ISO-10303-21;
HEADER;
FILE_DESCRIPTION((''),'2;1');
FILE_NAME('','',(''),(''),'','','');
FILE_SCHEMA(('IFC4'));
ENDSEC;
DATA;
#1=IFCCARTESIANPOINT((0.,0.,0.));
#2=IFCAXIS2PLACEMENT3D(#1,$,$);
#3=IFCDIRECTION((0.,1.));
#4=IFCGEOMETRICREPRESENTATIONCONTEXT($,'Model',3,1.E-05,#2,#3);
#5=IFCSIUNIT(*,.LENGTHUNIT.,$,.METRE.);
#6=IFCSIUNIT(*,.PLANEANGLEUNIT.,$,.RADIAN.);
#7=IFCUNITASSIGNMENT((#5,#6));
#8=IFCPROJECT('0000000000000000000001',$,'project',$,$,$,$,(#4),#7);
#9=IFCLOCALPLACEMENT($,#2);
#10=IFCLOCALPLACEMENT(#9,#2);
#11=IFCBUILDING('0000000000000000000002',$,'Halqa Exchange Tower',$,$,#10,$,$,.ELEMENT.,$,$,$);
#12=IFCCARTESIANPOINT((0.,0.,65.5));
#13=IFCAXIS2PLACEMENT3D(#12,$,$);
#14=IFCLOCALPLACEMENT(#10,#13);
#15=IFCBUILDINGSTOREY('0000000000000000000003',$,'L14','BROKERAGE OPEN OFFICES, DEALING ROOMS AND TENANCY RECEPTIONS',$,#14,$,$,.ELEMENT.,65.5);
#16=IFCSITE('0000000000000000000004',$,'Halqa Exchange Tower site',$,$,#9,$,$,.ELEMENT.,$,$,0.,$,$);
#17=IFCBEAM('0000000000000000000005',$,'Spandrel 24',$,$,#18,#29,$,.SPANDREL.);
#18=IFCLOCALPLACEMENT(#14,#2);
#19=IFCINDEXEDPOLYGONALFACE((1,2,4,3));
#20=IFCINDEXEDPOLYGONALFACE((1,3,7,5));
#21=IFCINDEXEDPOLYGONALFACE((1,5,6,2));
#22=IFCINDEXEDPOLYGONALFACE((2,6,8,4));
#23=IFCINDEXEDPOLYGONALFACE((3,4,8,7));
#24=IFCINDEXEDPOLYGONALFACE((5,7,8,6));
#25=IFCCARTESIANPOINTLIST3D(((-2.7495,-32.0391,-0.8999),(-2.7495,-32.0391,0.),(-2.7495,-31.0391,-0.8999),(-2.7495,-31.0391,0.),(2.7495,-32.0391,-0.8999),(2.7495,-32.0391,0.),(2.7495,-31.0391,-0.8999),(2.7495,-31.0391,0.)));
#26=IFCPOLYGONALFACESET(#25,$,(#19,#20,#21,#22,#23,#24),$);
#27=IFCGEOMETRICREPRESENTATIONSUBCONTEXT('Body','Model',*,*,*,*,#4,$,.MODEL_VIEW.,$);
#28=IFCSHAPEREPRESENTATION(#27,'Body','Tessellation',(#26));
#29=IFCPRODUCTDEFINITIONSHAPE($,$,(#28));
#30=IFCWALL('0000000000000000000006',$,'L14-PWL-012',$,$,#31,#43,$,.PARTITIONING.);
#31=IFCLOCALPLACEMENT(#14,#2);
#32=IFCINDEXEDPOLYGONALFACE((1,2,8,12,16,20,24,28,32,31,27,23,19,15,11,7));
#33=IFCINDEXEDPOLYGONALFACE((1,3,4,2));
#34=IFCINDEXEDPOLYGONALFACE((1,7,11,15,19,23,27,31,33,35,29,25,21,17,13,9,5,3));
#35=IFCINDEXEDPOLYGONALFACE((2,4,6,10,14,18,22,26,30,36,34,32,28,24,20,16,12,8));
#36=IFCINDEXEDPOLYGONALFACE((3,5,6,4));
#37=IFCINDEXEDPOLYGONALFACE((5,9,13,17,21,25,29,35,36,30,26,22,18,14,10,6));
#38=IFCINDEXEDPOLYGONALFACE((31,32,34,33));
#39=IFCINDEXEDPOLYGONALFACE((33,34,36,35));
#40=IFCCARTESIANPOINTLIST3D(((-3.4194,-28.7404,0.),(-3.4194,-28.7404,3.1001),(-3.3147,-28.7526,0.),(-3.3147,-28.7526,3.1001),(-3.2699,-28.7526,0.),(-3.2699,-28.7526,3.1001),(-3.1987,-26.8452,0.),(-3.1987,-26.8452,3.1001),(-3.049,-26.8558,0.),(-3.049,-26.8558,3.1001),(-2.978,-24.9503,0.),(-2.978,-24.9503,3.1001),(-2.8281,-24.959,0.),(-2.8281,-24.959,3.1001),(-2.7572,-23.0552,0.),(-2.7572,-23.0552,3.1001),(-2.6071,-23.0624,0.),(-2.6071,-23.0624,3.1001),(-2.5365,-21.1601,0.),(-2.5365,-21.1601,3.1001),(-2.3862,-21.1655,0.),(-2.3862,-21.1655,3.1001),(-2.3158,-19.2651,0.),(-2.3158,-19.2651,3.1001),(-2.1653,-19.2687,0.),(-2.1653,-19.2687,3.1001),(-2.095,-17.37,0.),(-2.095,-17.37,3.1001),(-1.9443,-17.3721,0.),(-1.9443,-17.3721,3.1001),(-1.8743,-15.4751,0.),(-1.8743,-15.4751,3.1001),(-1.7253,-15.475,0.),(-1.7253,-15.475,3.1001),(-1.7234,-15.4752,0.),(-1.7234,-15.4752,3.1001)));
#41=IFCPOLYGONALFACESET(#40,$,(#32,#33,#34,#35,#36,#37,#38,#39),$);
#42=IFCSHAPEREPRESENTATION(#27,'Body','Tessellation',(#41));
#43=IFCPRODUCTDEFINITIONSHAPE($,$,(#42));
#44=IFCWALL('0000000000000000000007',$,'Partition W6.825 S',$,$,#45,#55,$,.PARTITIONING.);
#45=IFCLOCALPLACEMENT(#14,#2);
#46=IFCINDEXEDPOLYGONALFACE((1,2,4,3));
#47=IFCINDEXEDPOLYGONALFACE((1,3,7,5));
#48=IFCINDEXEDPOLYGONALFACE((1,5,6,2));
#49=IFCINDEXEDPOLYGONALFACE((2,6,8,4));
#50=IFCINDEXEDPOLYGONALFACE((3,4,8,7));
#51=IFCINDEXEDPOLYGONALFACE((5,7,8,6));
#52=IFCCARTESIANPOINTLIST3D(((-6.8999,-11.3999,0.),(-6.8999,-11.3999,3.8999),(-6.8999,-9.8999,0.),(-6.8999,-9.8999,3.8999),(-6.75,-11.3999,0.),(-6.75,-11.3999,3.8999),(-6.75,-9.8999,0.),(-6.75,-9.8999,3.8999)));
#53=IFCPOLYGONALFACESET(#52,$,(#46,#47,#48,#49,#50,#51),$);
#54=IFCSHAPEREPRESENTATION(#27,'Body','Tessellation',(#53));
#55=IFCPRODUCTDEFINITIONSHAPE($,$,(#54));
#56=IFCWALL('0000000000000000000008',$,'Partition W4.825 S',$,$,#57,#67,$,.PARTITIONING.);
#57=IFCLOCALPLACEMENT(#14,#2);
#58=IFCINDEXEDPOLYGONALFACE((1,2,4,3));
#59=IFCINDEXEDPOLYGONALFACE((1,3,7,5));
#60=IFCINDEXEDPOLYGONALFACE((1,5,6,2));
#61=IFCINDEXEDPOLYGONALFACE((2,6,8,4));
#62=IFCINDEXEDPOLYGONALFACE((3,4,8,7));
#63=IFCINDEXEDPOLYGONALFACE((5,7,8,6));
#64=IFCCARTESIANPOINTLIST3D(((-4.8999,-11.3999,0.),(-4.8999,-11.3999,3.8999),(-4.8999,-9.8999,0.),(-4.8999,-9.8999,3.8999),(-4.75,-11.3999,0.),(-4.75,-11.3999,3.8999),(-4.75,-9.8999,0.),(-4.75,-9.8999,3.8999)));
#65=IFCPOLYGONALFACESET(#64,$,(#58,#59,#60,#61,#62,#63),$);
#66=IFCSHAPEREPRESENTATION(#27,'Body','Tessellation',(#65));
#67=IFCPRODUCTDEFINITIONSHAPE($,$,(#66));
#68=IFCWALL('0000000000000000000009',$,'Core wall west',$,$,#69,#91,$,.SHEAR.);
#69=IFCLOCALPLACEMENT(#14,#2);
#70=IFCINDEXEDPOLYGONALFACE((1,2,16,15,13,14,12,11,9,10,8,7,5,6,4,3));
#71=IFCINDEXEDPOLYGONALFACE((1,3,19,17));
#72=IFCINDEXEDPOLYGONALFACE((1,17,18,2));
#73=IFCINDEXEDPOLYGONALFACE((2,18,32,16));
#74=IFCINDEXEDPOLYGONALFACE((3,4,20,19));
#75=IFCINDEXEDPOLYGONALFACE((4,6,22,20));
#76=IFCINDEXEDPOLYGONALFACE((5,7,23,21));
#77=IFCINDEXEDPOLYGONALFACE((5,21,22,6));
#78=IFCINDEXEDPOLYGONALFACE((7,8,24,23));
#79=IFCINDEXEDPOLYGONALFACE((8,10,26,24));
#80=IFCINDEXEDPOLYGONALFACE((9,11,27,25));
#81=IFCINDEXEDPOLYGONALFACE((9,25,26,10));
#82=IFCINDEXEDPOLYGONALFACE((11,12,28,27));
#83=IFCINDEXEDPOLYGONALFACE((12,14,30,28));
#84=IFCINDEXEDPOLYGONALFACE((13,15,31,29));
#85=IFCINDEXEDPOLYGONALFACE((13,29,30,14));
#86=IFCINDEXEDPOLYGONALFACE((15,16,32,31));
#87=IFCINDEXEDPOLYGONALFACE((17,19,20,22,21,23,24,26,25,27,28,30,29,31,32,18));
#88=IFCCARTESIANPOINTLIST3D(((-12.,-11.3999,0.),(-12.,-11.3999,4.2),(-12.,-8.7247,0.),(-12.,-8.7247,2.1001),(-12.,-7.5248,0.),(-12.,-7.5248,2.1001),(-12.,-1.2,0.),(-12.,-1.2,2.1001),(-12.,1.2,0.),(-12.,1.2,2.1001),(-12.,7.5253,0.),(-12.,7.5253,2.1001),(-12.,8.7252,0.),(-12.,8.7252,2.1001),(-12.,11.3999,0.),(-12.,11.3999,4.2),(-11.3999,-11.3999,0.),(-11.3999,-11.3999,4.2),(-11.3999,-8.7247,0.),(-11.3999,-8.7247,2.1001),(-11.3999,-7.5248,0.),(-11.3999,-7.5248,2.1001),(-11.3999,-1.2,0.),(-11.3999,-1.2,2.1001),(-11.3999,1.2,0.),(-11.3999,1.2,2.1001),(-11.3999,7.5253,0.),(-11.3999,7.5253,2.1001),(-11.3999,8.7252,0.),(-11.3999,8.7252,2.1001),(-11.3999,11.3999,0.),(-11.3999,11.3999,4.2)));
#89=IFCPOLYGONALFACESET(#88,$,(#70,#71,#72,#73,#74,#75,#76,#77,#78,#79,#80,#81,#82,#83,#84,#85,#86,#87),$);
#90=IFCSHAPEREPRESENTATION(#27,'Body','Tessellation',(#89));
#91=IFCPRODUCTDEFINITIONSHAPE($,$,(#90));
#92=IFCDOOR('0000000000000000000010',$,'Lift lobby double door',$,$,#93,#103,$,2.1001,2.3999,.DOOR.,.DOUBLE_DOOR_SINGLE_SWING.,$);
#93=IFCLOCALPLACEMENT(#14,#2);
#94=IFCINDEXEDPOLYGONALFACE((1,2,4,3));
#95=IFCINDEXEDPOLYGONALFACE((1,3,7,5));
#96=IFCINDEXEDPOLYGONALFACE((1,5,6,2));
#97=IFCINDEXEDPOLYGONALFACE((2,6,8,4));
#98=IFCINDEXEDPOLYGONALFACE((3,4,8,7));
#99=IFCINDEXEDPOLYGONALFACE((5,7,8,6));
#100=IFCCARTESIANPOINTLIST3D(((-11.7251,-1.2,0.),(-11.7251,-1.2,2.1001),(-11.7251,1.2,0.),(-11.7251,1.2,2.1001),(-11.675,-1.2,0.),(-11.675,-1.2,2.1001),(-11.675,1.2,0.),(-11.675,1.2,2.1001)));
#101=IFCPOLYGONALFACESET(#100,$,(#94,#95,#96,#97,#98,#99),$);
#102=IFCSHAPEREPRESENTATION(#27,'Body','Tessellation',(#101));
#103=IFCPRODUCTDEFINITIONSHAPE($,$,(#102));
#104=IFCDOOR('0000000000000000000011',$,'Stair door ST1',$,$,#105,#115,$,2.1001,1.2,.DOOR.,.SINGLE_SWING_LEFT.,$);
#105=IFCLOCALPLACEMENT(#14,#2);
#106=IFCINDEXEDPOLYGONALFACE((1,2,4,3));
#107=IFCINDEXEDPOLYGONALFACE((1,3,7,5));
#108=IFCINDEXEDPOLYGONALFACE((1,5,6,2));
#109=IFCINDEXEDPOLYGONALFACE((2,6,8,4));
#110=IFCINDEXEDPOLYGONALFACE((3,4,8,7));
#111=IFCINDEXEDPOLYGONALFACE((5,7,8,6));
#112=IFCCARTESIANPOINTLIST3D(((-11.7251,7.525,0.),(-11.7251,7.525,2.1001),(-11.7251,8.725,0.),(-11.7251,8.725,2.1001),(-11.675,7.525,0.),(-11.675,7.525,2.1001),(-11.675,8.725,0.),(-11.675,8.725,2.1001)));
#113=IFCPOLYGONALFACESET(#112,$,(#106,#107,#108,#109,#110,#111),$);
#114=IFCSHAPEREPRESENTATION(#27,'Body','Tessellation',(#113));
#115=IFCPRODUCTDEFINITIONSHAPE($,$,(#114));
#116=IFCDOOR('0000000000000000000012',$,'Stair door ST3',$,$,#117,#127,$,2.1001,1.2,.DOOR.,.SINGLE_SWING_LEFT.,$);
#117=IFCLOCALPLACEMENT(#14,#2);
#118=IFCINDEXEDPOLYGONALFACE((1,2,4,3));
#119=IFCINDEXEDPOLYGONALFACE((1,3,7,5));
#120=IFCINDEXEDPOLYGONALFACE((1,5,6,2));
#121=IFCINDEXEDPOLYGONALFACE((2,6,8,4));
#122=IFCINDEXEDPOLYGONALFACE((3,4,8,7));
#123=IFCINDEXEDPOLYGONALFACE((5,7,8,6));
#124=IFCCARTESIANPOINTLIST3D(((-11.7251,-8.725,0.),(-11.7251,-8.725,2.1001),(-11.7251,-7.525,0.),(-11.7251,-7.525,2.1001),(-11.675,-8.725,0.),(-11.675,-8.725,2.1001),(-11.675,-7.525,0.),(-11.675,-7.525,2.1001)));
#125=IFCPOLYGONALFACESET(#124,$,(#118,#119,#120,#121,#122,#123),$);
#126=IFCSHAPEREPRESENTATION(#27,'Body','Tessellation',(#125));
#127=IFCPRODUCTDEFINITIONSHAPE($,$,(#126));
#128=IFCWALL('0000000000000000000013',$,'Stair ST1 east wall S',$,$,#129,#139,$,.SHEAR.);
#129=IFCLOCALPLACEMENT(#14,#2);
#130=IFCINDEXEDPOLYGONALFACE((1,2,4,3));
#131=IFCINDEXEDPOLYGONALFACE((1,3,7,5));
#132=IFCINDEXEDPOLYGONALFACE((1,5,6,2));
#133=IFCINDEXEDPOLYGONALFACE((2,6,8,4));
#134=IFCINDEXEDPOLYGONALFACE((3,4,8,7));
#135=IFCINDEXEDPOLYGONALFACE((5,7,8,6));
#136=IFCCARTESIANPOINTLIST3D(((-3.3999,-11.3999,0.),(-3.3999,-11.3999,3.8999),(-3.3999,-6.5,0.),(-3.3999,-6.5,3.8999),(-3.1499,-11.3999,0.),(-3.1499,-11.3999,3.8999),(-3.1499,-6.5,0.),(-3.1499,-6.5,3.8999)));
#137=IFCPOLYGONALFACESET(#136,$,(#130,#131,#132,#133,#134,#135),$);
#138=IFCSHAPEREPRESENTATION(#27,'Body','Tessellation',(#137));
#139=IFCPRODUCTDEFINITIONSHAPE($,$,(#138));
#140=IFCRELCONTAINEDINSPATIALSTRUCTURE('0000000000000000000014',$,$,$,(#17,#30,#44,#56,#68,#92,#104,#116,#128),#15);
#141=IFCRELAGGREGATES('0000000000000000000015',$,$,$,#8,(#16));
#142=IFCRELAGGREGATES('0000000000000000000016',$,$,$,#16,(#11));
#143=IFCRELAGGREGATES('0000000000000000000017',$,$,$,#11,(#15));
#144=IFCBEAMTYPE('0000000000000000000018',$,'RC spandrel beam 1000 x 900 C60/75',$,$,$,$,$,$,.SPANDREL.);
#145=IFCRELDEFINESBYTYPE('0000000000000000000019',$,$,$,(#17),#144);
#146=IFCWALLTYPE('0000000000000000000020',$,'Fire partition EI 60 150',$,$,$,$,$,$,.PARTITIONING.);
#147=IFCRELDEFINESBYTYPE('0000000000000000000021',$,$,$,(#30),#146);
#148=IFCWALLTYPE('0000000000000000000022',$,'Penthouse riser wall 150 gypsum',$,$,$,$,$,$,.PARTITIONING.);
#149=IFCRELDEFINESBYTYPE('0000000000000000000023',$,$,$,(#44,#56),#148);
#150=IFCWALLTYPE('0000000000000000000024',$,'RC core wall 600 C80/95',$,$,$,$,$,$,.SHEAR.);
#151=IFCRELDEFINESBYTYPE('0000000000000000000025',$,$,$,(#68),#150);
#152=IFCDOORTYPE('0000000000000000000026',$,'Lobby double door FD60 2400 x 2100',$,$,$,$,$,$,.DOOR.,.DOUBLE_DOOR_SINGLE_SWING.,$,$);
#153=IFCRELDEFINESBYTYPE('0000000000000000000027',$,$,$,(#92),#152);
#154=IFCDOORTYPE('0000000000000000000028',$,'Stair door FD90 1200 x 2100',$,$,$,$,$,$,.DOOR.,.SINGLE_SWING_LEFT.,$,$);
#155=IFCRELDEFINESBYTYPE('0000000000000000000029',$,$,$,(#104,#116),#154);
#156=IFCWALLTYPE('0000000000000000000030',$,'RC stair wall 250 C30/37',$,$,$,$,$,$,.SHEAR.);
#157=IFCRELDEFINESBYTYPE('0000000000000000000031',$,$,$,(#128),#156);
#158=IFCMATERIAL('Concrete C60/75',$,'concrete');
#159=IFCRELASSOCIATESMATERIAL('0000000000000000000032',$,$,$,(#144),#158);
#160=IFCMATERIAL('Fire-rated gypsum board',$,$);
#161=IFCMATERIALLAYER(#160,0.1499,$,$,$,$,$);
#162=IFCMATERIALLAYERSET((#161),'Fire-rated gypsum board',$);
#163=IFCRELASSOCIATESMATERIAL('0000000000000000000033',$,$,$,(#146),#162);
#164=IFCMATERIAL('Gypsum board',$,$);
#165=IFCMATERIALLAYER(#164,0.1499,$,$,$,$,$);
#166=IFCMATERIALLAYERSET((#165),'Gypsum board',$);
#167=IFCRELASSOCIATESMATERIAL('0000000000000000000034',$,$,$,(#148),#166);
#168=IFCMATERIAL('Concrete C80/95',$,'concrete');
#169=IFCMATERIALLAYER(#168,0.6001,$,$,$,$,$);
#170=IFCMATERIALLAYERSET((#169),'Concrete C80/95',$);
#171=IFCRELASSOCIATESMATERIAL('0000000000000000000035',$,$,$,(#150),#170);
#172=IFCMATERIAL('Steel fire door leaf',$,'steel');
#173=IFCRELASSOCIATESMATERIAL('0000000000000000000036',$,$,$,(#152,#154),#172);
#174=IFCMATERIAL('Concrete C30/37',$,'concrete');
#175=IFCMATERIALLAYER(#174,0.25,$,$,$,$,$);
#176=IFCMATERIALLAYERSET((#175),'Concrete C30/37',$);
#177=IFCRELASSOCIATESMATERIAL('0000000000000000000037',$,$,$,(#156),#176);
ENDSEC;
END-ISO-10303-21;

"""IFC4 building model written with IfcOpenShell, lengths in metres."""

from ifc_helpers import new_model, si_unit, direction, frame, frame_2d, origin, origin_2d, place, context, subcontext, project, spatial, polyline, rectangle, outline, extrude, material, layer, layer_set, material_profile, profile_set, type_object, element, fill, save


model = new_model("IFC4")

# Units and contexts
model_context = context("Model", 3, precision=1e-05, world=origin(), true_north=direction((0.0, 1.0)))
body_context = subcontext(model_context, "Body", "Model", "MODEL_VIEW")
ifc_project = project(units=[si_unit("LENGTHUNIT", "METRE"), si_unit("PLANEANGLEUNIT", "RADIAN")], contexts=[model_context])

# Site, building, storey
site_placement = place(None, origin())
site = spatial("IfcSite", under=ifc_project, at=site_placement, Name="Halqa Exchange Tower site", CompositionType="ELEMENT", RefElevation=0.0)
building_placement = place(site_placement, origin())
building = spatial("IfcBuilding", under=site, at=building_placement, Name="Halqa Exchange Tower", CompositionType="ELEMENT")
storey_placement = place(building_placement, frame((0.0, 0.0, 65.5)))
storey = spatial("IfcBuildingStorey", under=building, at=storey_placement, Name="L14", Description="BROKERAGE OPEN OFFICES, DEALING ROOMS AND TENANCY RECEPTIONS", CompositionType="ELEMENT", Elevation=65.5)

# Shared definitions
ifc_material_1 = material(Name="Concrete C80/95", Category="concrete")

# Beam
ifc_material_2 = material(Name="Concrete C60/75", Category="concrete")
ifc_material_profile_1 = material_profile(ifc_material_2, rectangle(XDim=1.0, YDim=0.8999, at=origin_2d()), Name="1000 x 900")
ifc_profile_set_1 = profile_set([ifc_material_profile_1], Name="Concrete C60/75")
beam_type_1 = type_object("IfcBeamType", Name="RC spandrel beam 1000 x 900 C60/75", PredefinedType="SPANDREL", material=ifc_profile_set_1)
beam_1_placement = place(storey_placement, frame((-2.7495, -31.5391, -0.45), z_axis=(1.0, 0.0, 0.0), x_axis=(0.0, 1.0, 0.0)))
element("IfcBeam", 1, at=beam_1_placement, inside=storey, type_object=beam_type_1, Name="Spandrel 24", PredefinedType="SPANDREL", context=body_context, shape_type="SweptSolid", body=[
    extrude(rectangle(XDim=1.0, YDim=0.8999, at=origin_2d()), origin(), (0.0, 0.0, 1.0), 5.499),
])

# Walls
ifc_material_3 = material(Name="Fire-rated gypsum board")
ifc_layer_1 = layer(ifc_material_3, 0.1499)
ifc_layer_set_1 = layer_set([ifc_layer_1], Name="Fire-rated gypsum board")
wall_type_1 = type_object("IfcWallType", Name="Fire partition EI 60 150", PredefinedType="PARTITIONING", material=ifc_layer_set_1)
wall_1_placement = place(storey_placement, frame((-1.7979, -15.4666, 0.0), z_axis=(0.0, 0.0, 1.0), x_axis=(-0.115696, -0.993285, 0.0)))
element("IfcWall", 2, at=wall_1_placement, inside=storey, type_object=wall_type_1, Name="L14-PWL-012", PredefinedType="PARTITIONING", context=body_context, shape_type="SweptSolid", body=[
    extrude(outline(polyline([(13.3723, -0.075), (13.3723, 0.0305), (13.3672, 0.075), (11.4575, 0.075), (9.5479, 0.075), (7.6384, 0.075), (5.7288, 0.075), (3.8191, 0.075), (1.9097, 0.075), (0.0, 0.075), (0.0, 0.073), (0.0173, -0.075), (1.925, -0.075), (3.833, -0.075), (5.7407, -0.075), (7.6487, -0.075), (9.5566, -0.075), (11.4644, -0.075), (13.3723, -0.075)])), origin(), (0.0, 0.0, 1.0), 3.1001),
])
ifc_material_4 = material(Name="Gypsum board")
ifc_layer_2 = layer(ifc_material_4, 0.1499)
ifc_layer_set_2 = layer_set([ifc_layer_2], Name="Gypsum board")
wall_type_2 = type_object("IfcWallType", Name="Penthouse riser wall 150 gypsum", PredefinedType="PARTITIONING", material=ifc_layer_set_2)
for number, where, z_axis, x_axis, name in (
    (3, (-6.825, -11.3999, 0.0), (0.0, 0.0, 1.0), (0.0, 1.0, 0.0), "Partition W6.825 S"),
    (4, (-4.825, -11.3999, 0.0), (0.0, 0.0, 1.0), (0.0, 1.0, 0.0), "Partition W4.825 S"),
):
    element("IfcWall", number, at=place(storey_placement, frame(where, z_axis=z_axis, x_axis=x_axis)), inside=storey, type_object=wall_type_2, Name=name, PredefinedType="PARTITIONING", context=body_context, shape_type="SweptSolid", body=[
        extrude(rectangle(XDim=1.5, YDim=0.1499, at=frame_2d((0.75, 0.0))), origin(), (0.0, 0.0, 1.0), 3.8999),
    ])

# Wall, openings, doors
ifc_layer_3 = layer(ifc_material_1, 0.6001)
ifc_layer_set_3 = layer_set([ifc_layer_3], Name="Concrete C80/95")
wall_type_3 = type_object("IfcWallType", Name="RC core wall 600 C80/95", PredefinedType="SHEAR", material=ifc_layer_set_3)
wall_2_placement = place(storey_placement, frame((-11.7, -11.3999, 0.0), z_axis=(0.0, 0.0, 1.0), x_axis=(0.0, 1.0, 0.0)))
wall_2 = element("IfcWall", 5, at=wall_2_placement, inside=storey, type_object=wall_type_3, Name="Core wall west", PredefinedType="SHEAR", context=body_context, shape_type="SweptSolid", body=[
    extrude(rectangle(XDim=22.7998, YDim=0.6001, at=frame_2d((11.3999, 0.0))), origin(), (0.0, 0.0, 1.0), 4.2),
])
opening_1_placement = place(wall_2_placement, frame((10.2, 0.0, 0.0)))
opening_1 = element("IfcOpeningElement", 6, at=opening_1_placement, cuts=wall_2, PredefinedType="OPENING", context=body_context, shape_type="SweptSolid", body=[
    extrude(rectangle(XDim=2.3999, YDim=2.1001, at=frame_2d((1.2, 1.05))), frame((0.0, 0.312, 0.0), z_axis=(0.0, -1.0, 0.0), x_axis=(1.0, 0.0, 0.0)), (0.0, 0.0, 1.0), 0.624),
])
opening_2_placement = place(wall_2_placement, frame((18.925, 0.0, 0.0)))
opening_2 = element("IfcOpeningElement", 7, at=opening_2_placement, cuts=wall_2, PredefinedType="OPENING", context=body_context, shape_type="SweptSolid", body=[
    extrude(rectangle(XDim=1.2, YDim=2.1001, at=frame_2d((0.6001, 1.05))), frame((0.0, 0.312, 0.0), z_axis=(0.0, -1.0, 0.0), x_axis=(1.0, 0.0, 0.0)), (0.0, 0.0, 1.0), 0.624),
])
opening_3_placement = place(wall_2_placement, frame((2.675, 0.0, 0.0)))
opening_3 = element("IfcOpeningElement", 8, at=opening_3_placement, cuts=wall_2, PredefinedType="OPENING", context=body_context, shape_type="SweptSolid", body=[
    extrude(rectangle(XDim=1.2, YDim=2.1001, at=frame_2d((0.6001, 1.05))), frame((0.0, 0.312, 0.0), z_axis=(0.0, -1.0, 0.0), x_axis=(1.0, 0.0, 0.0)), (0.0, 0.0, 1.0), 0.624),
])
ifc_material_5 = material(Name="Steel fire door leaf", Category="steel")
door_type_1 = type_object("IfcDoorType", Name="Lobby double door FD60 2400 x 2100", OperationType="DOUBLE_DOOR_SINGLE_SWING", PredefinedType="DOOR", material=ifc_material_5)
door_1_placement = place(opening_1_placement, frame((2.3999, 0.0, 0.0), z_axis=(0.0, 0.0, 1.0), x_axis=(-1.0, 0.0, 0.0)))
door_1 = element("IfcDoor", 9, at=door_1_placement, inside=storey, type_object=door_type_1, Name="Lift lobby double door", OperationType="DOUBLE_DOOR_SINGLE_SWING", OverallHeight=2.1001, OverallWidth=2.3999, PredefinedType="DOOR", context=body_context, shape_type="SweptSolid", body=[
    extrude(rectangle(XDim=2.3999, YDim=2.1001, at=frame_2d((1.2, 1.05))), frame((0.0, 0.0249, 0.0), z_axis=(0.0, -1.0, 0.0), x_axis=(1.0, 0.0, 0.0)), (0.0, 0.0, 1.0), 0.05),
])
fill(opening_1, door_1)
door_type_2 = type_object("IfcDoorType", Name="Stair door FD90 1200 x 2100", OperationType="SINGLE_SWING_LEFT", PredefinedType="DOOR", material=ifc_material_5)
door_2_placement = place(opening_2_placement, frame((1.2, 0.0, 0.0), z_axis=(0.0, 0.0, 1.0), x_axis=(-1.0, 0.0, 0.0)))
door_2 = element("IfcDoor", 10, at=door_2_placement, inside=storey, type_object=door_type_2, Name="Stair door ST1", OperationType="SINGLE_SWING_LEFT", OverallHeight=2.1001, OverallWidth=1.2, PredefinedType="DOOR", context=body_context, shape_type="SweptSolid", body=[
    extrude(rectangle(XDim=1.2, YDim=2.1001, at=frame_2d((0.6001, 1.05))), frame((0.0, 0.0249, 0.0), z_axis=(0.0, -1.0, 0.0), x_axis=(1.0, 0.0, 0.0)), (0.0, 0.0, 1.0), 0.05),
])
fill(opening_2, door_2)
door_3_placement = place(opening_3_placement, frame((1.2, 0.0, 0.0), z_axis=(0.0, 0.0, 1.0), x_axis=(-1.0, 0.0, 0.0)))
door_3 = element("IfcDoor", 11, at=door_3_placement, inside=storey, type_object=door_type_2, Name="Stair door ST3", OperationType="SINGLE_SWING_LEFT", OverallHeight=2.1001, OverallWidth=1.2, PredefinedType="DOOR", context=body_context, shape_type="SweptSolid", body=[
    extrude(rectangle(XDim=1.2, YDim=2.1001, at=frame_2d((0.6001, 1.05))), frame((0.0, 0.0249, 0.0), z_axis=(0.0, -1.0, 0.0), x_axis=(1.0, 0.0, 0.0)), (0.0, 0.0, 1.0), 0.05),
])
fill(opening_3, door_3)

# Wall
ifc_material_6 = material(Name="Concrete C30/37", Category="concrete")
ifc_layer_4 = layer(ifc_material_6, 0.25)
ifc_layer_set_4 = layer_set([ifc_layer_4], Name="Concrete C30/37")
wall_type_4 = type_object("IfcWallType", Name="RC stair wall 250 C30/37", PredefinedType="SHEAR", material=ifc_layer_set_4)
wall_3_placement = place(storey_placement, frame((-3.2749, -11.3999, 0.0), z_axis=(0.0, 0.0, 1.0), x_axis=(0.0, 1.0, 0.0)))
element("IfcWall", 12, at=wall_3_placement, inside=storey, type_object=wall_type_4, Name="Stair ST1 east wall S", PredefinedType="SHEAR", context=body_context, shape_type="SweptSolid", body=[
    extrude(rectangle(XDim=4.8999, YDim=0.25, at=frame_2d((2.45, 0.0))), origin(), (0.0, 0.0, 1.0), 3.8999),
])

save(model, "model.ifc")
